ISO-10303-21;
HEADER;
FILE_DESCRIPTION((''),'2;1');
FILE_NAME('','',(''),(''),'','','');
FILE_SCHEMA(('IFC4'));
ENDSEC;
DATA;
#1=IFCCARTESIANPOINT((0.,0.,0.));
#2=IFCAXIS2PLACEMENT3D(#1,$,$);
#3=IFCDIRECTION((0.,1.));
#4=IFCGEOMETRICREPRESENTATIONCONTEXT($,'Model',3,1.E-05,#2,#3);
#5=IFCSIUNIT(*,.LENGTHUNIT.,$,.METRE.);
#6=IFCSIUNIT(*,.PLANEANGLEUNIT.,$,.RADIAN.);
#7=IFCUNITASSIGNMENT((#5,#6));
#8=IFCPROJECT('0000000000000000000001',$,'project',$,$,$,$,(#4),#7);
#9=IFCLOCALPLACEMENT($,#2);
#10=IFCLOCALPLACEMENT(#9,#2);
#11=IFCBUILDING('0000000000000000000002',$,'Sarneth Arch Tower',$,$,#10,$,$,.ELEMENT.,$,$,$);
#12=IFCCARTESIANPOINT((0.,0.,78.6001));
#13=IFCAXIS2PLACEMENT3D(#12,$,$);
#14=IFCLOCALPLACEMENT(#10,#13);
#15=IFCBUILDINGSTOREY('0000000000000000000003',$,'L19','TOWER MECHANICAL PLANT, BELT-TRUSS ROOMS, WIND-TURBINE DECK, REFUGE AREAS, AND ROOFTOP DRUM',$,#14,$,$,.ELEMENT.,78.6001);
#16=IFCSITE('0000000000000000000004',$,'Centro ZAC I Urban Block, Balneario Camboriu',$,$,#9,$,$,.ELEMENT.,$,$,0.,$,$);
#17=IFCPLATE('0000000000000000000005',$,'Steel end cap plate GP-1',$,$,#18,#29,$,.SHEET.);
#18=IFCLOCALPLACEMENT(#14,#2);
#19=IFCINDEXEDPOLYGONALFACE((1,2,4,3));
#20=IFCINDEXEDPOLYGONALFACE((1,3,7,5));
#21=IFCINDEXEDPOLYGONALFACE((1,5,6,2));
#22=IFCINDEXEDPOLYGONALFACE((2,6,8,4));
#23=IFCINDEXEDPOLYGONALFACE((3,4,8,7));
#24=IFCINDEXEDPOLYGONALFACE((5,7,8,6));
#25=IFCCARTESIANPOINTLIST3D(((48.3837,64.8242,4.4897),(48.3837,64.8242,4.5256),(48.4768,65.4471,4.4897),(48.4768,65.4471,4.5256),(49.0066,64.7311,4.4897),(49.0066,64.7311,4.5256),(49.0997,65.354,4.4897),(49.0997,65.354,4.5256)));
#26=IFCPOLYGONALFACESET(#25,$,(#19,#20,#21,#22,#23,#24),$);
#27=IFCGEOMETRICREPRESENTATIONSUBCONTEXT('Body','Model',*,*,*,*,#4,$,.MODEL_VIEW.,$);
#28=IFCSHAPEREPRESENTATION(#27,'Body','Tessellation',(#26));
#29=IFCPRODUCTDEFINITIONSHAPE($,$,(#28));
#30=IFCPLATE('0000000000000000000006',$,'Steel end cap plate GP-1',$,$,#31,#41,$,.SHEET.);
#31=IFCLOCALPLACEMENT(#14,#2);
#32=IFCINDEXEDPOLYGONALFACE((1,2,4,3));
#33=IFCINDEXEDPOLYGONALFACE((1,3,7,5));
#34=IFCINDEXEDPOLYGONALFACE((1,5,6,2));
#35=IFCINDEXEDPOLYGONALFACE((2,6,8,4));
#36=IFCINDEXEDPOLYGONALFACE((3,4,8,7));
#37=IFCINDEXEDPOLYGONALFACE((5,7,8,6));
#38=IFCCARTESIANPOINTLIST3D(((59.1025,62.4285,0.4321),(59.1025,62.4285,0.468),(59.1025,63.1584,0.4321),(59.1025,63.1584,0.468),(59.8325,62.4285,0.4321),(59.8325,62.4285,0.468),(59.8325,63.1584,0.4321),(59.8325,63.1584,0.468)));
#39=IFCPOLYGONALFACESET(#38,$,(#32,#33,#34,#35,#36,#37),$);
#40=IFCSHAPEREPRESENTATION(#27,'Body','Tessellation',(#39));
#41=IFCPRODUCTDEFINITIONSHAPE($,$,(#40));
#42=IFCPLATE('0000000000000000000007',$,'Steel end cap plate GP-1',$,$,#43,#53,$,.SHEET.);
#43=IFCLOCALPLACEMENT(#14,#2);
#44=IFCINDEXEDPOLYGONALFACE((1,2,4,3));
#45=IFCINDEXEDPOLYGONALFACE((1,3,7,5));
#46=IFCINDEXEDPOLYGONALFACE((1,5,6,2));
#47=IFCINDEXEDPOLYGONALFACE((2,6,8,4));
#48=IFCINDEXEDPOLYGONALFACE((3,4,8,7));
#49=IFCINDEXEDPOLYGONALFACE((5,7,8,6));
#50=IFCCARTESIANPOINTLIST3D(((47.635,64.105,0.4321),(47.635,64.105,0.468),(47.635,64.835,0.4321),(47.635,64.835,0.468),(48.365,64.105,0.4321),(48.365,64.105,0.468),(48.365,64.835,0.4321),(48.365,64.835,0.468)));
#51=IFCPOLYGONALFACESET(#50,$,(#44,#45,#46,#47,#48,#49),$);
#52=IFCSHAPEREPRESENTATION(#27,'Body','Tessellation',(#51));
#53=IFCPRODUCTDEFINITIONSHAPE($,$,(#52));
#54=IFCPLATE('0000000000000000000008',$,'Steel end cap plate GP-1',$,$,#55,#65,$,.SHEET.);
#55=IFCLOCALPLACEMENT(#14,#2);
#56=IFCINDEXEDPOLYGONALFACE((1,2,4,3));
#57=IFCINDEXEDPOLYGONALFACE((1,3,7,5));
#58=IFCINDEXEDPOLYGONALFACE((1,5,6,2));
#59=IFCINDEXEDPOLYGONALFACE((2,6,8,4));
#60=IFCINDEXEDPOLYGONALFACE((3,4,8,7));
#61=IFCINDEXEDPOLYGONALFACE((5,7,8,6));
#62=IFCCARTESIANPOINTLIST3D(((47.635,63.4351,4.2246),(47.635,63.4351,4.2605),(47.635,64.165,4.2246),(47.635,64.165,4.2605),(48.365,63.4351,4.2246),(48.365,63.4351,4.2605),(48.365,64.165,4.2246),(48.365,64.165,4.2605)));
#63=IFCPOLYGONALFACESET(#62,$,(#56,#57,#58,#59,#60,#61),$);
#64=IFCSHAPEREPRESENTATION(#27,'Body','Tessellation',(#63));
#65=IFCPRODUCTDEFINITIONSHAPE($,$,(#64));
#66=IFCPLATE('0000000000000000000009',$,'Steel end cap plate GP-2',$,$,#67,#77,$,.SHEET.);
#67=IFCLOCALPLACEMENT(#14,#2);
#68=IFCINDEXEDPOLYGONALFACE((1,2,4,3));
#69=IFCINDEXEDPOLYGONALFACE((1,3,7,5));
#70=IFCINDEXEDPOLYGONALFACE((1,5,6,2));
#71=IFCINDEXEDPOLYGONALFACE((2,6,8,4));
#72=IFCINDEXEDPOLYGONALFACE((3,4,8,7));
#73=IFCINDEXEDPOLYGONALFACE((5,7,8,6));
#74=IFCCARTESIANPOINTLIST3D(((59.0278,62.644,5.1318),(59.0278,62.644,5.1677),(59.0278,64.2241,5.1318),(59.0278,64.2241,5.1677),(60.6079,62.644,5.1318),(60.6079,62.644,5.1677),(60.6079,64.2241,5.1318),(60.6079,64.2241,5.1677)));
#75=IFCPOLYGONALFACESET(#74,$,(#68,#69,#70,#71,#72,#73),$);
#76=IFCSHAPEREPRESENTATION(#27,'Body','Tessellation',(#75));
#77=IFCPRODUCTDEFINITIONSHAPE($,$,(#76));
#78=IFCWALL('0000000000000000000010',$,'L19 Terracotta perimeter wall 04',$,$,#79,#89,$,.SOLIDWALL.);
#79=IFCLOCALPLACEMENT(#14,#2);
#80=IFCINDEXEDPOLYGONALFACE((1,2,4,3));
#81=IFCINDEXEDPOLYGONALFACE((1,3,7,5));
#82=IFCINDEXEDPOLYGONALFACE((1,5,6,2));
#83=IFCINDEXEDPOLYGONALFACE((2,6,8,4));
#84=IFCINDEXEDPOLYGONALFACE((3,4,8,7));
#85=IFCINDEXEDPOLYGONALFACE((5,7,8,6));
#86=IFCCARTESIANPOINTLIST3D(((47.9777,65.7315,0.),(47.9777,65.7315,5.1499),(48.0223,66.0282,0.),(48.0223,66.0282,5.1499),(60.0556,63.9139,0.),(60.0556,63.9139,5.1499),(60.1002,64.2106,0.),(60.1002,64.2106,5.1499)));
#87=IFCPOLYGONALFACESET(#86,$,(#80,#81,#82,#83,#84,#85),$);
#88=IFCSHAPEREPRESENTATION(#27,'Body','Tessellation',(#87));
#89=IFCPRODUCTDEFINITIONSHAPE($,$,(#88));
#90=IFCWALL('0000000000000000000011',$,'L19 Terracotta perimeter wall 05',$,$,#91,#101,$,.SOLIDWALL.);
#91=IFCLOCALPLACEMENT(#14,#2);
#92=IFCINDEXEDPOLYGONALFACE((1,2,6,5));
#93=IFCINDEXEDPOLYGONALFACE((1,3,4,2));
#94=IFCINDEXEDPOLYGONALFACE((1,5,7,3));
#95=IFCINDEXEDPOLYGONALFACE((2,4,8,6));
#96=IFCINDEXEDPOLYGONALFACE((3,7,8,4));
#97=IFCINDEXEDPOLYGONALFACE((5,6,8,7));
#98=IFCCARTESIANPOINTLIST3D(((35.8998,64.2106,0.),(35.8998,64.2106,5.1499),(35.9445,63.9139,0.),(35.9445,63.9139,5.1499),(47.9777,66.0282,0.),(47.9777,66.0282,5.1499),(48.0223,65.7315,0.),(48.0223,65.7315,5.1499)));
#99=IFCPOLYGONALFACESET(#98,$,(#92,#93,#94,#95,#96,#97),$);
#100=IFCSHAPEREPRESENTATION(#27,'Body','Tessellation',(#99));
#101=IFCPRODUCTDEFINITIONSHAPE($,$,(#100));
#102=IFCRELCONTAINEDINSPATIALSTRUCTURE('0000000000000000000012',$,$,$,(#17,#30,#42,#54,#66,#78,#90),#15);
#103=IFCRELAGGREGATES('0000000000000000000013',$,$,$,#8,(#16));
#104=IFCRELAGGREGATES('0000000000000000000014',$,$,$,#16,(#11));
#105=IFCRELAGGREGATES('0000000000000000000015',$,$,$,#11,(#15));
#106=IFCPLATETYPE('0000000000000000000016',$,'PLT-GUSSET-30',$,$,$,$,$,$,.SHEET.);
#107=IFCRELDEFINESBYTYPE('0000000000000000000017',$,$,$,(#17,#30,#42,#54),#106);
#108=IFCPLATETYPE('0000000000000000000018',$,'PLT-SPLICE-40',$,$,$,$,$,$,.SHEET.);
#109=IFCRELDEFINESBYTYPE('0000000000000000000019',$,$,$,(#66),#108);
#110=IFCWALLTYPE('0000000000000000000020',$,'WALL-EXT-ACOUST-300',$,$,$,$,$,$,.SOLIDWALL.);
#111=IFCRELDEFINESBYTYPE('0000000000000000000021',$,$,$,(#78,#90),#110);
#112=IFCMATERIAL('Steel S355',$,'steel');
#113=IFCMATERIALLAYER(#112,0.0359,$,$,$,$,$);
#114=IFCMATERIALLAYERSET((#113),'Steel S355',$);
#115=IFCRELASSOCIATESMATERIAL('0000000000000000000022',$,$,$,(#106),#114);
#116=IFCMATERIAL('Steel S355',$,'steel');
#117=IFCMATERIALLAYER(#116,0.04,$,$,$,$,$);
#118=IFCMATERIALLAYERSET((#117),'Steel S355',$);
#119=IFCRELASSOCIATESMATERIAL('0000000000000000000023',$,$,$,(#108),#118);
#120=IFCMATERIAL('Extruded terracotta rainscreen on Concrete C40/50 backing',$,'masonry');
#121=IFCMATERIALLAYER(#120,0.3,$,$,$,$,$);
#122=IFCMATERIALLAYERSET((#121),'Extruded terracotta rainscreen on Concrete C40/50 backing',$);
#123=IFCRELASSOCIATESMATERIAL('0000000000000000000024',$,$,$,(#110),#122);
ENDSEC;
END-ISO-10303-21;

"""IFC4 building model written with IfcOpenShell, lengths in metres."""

from ifc_helpers import new_model, si_unit, direction, frame, frame_2d, origin, origin_2d, place, context, subcontext, project, spatial, rectangle, extrude, material, layer, layer_set, type_object, element, save


model = new_model("IFC4")

# Units and contexts
model_context = context("Model", 3, precision=1e-05, world=origin(), true_north=direction((0.0, 1.0)))
body_context = subcontext(model_context, "Body", "Model", "MODEL_VIEW")
ifc_project = project(units=[si_unit("LENGTHUNIT", "METRE"), si_unit("PLANEANGLEUNIT", "RADIAN")], contexts=[model_context])

# Site, building, storey
site_placement = place(None, origin())
site = spatial("IfcSite", under=ifc_project, at=site_placement, Name="Centro ZAC I Urban Block, Balneario Camboriu", CompositionType="ELEMENT", RefElevation=0.0)
building_placement = place(site_placement, origin())
building = spatial("IfcBuilding", under=site, at=building_placement, Name="Sarneth Arch Tower", CompositionType="ELEMENT")
storey_placement = place(building_placement, frame((0.0, 0.0, 78.6001)))
storey = spatial("IfcBuildingStorey", under=building, at=storey_placement, Name="L19", Description="TOWER MECHANICAL PLANT, BELT-TRUSS ROOMS, WIND-TURBINE DECK, REFUGE AREAS, AND ROOFTOP DRUM", CompositionType="ELEMENT", Elevation=78.6001)

# Plates
ifc_material_1 = material(Name="Steel S355", Category="steel")
ifc_layer_1 = layer(ifc_material_1, 0.0359)
ifc_layer_set_1 = layer_set([ifc_layer_1], Name="Steel S355")
plate_type_1 = type_object("IfcPlateType", Name="PLT-GUSSET-30", PredefinedType="SHEET", material=ifc_layer_set_1)
for number, where, z_axis, x_axis, name in (
    (1, (48.7417, 65.0891, 4.4897), (0.0, 0.0, 1.0), (-0.989016, 0.147809, 0.0), "Steel end cap plate GP-1"),
):
    element("IfcPlate", number, at=place(storey_placement, frame(where, z_axis=z_axis, x_axis=x_axis)), inside=storey, type_object=plate_type_1, Name=name, PredefinedType="SHEET", context=body_context, shape_type="SweptSolid", body=[
        extrude(rectangle(XDim=0.6299, YDim=0.6299, at=origin_2d()), origin(), (0.0, 0.0, 1.0), 0.0359),
    ])
for number, where, z_axis, x_axis, name in (
    (2, (59.4675, 62.7935, 0.4321), (0.0, 0.0, 1.0), (1.0, 0.0, 0.0), "Steel end cap plate GP-1"),
    (3, (48.0, 64.47, 0.4321), (0.0, 0.0, 1.0), (1.0, 0.0, 0.0), "Steel end cap plate GP-1"),
    (4, (48.0, 63.8, 4.2246), (0.0, 0.0, 1.0), (1.0, 0.0, 0.0), "Steel end cap plate GP-1"),
):
    element("IfcPlate", number, at=place(storey_placement, frame(where, z_axis=z_axis, x_axis=x_axis)), inside=storey, type_object=plate_type_1, Name=name, PredefinedType="SHEET", context=body_context, shape_type="SweptSolid", body=[
        extrude(rectangle(XDim=0.73, YDim=0.73, at=origin_2d()), origin(), (0.0, 0.0, 1.0), 0.0359),
    ])
ifc_material_2 = material(Name="Steel S355", Category="steel")
ifc_layer_2 = layer(ifc_material_2, 0.04)
ifc_layer_set_2 = layer_set([ifc_layer_2], Name="Steel S355")
plate_type_2 = type_object("IfcPlateType", Name="PLT-SPLICE-40", PredefinedType="SHEET", material=ifc_layer_set_2)
plate_1_placement = place(storey_placement, frame((59.8179, 63.4341, 5.1318), z_axis=(0.0, 0.0, 1.0), x_axis=(1.0, 0.0, 0.0)))
element("IfcPlate", 5, at=plate_1_placement, inside=storey, type_object=plate_type_2, Name="Steel end cap plate GP-2", PredefinedType="SHEET", context=body_context, shape_type="SweptSolid", body=[
    extrude(rectangle(XDim=1.5801, YDim=1.5801, at=origin_2d()), origin(), (0.0, 0.0, 1.0), 0.0359),
])

# Walls
ifc_material_3 = material(Name="Extruded terracotta rainscreen on Concrete C40/50 backing", Category="masonry")
ifc_layer_3 = layer(ifc_material_3, 0.3)
ifc_layer_set_3 = layer_set([ifc_layer_3], Name="Extruded terracotta rainscreen on Concrete C40/50 backing")
wall_type = type_object("IfcWallType", Name="WALL-EXT-ACOUST-300", PredefinedType="SOLIDWALL", material=ifc_layer_set_3)
for number, where, z_axis, x_axis, name in (
    (6, (60.0779, 64.0623, 0.0), (0.0, 0.0, 1.0), (-0.988865, 0.148816, 0.0), "L19 Terracotta perimeter wall 04"),
    (7, (48.0, 65.8799, 0.0), (0.0, 0.0, 1.0), (-0.988865, -0.148816, 0.0), "L19 Terracotta perimeter wall 05"),
):
    element("IfcWall", number, at=place(storey_placement, frame(where, z_axis=z_axis, x_axis=x_axis)), inside=storey, type_object=wall_type, Name=name, PredefinedType="SOLIDWALL", context=body_context, shape_type="SweptSolid", body=[
        extrude(rectangle(XDim=12.2139, YDim=0.3, at=frame_2d((6.1069, 0.0))), origin(), (0.0, 0.0, 1.0), 5.1499),
    ])

save(model, "model.ifc")
